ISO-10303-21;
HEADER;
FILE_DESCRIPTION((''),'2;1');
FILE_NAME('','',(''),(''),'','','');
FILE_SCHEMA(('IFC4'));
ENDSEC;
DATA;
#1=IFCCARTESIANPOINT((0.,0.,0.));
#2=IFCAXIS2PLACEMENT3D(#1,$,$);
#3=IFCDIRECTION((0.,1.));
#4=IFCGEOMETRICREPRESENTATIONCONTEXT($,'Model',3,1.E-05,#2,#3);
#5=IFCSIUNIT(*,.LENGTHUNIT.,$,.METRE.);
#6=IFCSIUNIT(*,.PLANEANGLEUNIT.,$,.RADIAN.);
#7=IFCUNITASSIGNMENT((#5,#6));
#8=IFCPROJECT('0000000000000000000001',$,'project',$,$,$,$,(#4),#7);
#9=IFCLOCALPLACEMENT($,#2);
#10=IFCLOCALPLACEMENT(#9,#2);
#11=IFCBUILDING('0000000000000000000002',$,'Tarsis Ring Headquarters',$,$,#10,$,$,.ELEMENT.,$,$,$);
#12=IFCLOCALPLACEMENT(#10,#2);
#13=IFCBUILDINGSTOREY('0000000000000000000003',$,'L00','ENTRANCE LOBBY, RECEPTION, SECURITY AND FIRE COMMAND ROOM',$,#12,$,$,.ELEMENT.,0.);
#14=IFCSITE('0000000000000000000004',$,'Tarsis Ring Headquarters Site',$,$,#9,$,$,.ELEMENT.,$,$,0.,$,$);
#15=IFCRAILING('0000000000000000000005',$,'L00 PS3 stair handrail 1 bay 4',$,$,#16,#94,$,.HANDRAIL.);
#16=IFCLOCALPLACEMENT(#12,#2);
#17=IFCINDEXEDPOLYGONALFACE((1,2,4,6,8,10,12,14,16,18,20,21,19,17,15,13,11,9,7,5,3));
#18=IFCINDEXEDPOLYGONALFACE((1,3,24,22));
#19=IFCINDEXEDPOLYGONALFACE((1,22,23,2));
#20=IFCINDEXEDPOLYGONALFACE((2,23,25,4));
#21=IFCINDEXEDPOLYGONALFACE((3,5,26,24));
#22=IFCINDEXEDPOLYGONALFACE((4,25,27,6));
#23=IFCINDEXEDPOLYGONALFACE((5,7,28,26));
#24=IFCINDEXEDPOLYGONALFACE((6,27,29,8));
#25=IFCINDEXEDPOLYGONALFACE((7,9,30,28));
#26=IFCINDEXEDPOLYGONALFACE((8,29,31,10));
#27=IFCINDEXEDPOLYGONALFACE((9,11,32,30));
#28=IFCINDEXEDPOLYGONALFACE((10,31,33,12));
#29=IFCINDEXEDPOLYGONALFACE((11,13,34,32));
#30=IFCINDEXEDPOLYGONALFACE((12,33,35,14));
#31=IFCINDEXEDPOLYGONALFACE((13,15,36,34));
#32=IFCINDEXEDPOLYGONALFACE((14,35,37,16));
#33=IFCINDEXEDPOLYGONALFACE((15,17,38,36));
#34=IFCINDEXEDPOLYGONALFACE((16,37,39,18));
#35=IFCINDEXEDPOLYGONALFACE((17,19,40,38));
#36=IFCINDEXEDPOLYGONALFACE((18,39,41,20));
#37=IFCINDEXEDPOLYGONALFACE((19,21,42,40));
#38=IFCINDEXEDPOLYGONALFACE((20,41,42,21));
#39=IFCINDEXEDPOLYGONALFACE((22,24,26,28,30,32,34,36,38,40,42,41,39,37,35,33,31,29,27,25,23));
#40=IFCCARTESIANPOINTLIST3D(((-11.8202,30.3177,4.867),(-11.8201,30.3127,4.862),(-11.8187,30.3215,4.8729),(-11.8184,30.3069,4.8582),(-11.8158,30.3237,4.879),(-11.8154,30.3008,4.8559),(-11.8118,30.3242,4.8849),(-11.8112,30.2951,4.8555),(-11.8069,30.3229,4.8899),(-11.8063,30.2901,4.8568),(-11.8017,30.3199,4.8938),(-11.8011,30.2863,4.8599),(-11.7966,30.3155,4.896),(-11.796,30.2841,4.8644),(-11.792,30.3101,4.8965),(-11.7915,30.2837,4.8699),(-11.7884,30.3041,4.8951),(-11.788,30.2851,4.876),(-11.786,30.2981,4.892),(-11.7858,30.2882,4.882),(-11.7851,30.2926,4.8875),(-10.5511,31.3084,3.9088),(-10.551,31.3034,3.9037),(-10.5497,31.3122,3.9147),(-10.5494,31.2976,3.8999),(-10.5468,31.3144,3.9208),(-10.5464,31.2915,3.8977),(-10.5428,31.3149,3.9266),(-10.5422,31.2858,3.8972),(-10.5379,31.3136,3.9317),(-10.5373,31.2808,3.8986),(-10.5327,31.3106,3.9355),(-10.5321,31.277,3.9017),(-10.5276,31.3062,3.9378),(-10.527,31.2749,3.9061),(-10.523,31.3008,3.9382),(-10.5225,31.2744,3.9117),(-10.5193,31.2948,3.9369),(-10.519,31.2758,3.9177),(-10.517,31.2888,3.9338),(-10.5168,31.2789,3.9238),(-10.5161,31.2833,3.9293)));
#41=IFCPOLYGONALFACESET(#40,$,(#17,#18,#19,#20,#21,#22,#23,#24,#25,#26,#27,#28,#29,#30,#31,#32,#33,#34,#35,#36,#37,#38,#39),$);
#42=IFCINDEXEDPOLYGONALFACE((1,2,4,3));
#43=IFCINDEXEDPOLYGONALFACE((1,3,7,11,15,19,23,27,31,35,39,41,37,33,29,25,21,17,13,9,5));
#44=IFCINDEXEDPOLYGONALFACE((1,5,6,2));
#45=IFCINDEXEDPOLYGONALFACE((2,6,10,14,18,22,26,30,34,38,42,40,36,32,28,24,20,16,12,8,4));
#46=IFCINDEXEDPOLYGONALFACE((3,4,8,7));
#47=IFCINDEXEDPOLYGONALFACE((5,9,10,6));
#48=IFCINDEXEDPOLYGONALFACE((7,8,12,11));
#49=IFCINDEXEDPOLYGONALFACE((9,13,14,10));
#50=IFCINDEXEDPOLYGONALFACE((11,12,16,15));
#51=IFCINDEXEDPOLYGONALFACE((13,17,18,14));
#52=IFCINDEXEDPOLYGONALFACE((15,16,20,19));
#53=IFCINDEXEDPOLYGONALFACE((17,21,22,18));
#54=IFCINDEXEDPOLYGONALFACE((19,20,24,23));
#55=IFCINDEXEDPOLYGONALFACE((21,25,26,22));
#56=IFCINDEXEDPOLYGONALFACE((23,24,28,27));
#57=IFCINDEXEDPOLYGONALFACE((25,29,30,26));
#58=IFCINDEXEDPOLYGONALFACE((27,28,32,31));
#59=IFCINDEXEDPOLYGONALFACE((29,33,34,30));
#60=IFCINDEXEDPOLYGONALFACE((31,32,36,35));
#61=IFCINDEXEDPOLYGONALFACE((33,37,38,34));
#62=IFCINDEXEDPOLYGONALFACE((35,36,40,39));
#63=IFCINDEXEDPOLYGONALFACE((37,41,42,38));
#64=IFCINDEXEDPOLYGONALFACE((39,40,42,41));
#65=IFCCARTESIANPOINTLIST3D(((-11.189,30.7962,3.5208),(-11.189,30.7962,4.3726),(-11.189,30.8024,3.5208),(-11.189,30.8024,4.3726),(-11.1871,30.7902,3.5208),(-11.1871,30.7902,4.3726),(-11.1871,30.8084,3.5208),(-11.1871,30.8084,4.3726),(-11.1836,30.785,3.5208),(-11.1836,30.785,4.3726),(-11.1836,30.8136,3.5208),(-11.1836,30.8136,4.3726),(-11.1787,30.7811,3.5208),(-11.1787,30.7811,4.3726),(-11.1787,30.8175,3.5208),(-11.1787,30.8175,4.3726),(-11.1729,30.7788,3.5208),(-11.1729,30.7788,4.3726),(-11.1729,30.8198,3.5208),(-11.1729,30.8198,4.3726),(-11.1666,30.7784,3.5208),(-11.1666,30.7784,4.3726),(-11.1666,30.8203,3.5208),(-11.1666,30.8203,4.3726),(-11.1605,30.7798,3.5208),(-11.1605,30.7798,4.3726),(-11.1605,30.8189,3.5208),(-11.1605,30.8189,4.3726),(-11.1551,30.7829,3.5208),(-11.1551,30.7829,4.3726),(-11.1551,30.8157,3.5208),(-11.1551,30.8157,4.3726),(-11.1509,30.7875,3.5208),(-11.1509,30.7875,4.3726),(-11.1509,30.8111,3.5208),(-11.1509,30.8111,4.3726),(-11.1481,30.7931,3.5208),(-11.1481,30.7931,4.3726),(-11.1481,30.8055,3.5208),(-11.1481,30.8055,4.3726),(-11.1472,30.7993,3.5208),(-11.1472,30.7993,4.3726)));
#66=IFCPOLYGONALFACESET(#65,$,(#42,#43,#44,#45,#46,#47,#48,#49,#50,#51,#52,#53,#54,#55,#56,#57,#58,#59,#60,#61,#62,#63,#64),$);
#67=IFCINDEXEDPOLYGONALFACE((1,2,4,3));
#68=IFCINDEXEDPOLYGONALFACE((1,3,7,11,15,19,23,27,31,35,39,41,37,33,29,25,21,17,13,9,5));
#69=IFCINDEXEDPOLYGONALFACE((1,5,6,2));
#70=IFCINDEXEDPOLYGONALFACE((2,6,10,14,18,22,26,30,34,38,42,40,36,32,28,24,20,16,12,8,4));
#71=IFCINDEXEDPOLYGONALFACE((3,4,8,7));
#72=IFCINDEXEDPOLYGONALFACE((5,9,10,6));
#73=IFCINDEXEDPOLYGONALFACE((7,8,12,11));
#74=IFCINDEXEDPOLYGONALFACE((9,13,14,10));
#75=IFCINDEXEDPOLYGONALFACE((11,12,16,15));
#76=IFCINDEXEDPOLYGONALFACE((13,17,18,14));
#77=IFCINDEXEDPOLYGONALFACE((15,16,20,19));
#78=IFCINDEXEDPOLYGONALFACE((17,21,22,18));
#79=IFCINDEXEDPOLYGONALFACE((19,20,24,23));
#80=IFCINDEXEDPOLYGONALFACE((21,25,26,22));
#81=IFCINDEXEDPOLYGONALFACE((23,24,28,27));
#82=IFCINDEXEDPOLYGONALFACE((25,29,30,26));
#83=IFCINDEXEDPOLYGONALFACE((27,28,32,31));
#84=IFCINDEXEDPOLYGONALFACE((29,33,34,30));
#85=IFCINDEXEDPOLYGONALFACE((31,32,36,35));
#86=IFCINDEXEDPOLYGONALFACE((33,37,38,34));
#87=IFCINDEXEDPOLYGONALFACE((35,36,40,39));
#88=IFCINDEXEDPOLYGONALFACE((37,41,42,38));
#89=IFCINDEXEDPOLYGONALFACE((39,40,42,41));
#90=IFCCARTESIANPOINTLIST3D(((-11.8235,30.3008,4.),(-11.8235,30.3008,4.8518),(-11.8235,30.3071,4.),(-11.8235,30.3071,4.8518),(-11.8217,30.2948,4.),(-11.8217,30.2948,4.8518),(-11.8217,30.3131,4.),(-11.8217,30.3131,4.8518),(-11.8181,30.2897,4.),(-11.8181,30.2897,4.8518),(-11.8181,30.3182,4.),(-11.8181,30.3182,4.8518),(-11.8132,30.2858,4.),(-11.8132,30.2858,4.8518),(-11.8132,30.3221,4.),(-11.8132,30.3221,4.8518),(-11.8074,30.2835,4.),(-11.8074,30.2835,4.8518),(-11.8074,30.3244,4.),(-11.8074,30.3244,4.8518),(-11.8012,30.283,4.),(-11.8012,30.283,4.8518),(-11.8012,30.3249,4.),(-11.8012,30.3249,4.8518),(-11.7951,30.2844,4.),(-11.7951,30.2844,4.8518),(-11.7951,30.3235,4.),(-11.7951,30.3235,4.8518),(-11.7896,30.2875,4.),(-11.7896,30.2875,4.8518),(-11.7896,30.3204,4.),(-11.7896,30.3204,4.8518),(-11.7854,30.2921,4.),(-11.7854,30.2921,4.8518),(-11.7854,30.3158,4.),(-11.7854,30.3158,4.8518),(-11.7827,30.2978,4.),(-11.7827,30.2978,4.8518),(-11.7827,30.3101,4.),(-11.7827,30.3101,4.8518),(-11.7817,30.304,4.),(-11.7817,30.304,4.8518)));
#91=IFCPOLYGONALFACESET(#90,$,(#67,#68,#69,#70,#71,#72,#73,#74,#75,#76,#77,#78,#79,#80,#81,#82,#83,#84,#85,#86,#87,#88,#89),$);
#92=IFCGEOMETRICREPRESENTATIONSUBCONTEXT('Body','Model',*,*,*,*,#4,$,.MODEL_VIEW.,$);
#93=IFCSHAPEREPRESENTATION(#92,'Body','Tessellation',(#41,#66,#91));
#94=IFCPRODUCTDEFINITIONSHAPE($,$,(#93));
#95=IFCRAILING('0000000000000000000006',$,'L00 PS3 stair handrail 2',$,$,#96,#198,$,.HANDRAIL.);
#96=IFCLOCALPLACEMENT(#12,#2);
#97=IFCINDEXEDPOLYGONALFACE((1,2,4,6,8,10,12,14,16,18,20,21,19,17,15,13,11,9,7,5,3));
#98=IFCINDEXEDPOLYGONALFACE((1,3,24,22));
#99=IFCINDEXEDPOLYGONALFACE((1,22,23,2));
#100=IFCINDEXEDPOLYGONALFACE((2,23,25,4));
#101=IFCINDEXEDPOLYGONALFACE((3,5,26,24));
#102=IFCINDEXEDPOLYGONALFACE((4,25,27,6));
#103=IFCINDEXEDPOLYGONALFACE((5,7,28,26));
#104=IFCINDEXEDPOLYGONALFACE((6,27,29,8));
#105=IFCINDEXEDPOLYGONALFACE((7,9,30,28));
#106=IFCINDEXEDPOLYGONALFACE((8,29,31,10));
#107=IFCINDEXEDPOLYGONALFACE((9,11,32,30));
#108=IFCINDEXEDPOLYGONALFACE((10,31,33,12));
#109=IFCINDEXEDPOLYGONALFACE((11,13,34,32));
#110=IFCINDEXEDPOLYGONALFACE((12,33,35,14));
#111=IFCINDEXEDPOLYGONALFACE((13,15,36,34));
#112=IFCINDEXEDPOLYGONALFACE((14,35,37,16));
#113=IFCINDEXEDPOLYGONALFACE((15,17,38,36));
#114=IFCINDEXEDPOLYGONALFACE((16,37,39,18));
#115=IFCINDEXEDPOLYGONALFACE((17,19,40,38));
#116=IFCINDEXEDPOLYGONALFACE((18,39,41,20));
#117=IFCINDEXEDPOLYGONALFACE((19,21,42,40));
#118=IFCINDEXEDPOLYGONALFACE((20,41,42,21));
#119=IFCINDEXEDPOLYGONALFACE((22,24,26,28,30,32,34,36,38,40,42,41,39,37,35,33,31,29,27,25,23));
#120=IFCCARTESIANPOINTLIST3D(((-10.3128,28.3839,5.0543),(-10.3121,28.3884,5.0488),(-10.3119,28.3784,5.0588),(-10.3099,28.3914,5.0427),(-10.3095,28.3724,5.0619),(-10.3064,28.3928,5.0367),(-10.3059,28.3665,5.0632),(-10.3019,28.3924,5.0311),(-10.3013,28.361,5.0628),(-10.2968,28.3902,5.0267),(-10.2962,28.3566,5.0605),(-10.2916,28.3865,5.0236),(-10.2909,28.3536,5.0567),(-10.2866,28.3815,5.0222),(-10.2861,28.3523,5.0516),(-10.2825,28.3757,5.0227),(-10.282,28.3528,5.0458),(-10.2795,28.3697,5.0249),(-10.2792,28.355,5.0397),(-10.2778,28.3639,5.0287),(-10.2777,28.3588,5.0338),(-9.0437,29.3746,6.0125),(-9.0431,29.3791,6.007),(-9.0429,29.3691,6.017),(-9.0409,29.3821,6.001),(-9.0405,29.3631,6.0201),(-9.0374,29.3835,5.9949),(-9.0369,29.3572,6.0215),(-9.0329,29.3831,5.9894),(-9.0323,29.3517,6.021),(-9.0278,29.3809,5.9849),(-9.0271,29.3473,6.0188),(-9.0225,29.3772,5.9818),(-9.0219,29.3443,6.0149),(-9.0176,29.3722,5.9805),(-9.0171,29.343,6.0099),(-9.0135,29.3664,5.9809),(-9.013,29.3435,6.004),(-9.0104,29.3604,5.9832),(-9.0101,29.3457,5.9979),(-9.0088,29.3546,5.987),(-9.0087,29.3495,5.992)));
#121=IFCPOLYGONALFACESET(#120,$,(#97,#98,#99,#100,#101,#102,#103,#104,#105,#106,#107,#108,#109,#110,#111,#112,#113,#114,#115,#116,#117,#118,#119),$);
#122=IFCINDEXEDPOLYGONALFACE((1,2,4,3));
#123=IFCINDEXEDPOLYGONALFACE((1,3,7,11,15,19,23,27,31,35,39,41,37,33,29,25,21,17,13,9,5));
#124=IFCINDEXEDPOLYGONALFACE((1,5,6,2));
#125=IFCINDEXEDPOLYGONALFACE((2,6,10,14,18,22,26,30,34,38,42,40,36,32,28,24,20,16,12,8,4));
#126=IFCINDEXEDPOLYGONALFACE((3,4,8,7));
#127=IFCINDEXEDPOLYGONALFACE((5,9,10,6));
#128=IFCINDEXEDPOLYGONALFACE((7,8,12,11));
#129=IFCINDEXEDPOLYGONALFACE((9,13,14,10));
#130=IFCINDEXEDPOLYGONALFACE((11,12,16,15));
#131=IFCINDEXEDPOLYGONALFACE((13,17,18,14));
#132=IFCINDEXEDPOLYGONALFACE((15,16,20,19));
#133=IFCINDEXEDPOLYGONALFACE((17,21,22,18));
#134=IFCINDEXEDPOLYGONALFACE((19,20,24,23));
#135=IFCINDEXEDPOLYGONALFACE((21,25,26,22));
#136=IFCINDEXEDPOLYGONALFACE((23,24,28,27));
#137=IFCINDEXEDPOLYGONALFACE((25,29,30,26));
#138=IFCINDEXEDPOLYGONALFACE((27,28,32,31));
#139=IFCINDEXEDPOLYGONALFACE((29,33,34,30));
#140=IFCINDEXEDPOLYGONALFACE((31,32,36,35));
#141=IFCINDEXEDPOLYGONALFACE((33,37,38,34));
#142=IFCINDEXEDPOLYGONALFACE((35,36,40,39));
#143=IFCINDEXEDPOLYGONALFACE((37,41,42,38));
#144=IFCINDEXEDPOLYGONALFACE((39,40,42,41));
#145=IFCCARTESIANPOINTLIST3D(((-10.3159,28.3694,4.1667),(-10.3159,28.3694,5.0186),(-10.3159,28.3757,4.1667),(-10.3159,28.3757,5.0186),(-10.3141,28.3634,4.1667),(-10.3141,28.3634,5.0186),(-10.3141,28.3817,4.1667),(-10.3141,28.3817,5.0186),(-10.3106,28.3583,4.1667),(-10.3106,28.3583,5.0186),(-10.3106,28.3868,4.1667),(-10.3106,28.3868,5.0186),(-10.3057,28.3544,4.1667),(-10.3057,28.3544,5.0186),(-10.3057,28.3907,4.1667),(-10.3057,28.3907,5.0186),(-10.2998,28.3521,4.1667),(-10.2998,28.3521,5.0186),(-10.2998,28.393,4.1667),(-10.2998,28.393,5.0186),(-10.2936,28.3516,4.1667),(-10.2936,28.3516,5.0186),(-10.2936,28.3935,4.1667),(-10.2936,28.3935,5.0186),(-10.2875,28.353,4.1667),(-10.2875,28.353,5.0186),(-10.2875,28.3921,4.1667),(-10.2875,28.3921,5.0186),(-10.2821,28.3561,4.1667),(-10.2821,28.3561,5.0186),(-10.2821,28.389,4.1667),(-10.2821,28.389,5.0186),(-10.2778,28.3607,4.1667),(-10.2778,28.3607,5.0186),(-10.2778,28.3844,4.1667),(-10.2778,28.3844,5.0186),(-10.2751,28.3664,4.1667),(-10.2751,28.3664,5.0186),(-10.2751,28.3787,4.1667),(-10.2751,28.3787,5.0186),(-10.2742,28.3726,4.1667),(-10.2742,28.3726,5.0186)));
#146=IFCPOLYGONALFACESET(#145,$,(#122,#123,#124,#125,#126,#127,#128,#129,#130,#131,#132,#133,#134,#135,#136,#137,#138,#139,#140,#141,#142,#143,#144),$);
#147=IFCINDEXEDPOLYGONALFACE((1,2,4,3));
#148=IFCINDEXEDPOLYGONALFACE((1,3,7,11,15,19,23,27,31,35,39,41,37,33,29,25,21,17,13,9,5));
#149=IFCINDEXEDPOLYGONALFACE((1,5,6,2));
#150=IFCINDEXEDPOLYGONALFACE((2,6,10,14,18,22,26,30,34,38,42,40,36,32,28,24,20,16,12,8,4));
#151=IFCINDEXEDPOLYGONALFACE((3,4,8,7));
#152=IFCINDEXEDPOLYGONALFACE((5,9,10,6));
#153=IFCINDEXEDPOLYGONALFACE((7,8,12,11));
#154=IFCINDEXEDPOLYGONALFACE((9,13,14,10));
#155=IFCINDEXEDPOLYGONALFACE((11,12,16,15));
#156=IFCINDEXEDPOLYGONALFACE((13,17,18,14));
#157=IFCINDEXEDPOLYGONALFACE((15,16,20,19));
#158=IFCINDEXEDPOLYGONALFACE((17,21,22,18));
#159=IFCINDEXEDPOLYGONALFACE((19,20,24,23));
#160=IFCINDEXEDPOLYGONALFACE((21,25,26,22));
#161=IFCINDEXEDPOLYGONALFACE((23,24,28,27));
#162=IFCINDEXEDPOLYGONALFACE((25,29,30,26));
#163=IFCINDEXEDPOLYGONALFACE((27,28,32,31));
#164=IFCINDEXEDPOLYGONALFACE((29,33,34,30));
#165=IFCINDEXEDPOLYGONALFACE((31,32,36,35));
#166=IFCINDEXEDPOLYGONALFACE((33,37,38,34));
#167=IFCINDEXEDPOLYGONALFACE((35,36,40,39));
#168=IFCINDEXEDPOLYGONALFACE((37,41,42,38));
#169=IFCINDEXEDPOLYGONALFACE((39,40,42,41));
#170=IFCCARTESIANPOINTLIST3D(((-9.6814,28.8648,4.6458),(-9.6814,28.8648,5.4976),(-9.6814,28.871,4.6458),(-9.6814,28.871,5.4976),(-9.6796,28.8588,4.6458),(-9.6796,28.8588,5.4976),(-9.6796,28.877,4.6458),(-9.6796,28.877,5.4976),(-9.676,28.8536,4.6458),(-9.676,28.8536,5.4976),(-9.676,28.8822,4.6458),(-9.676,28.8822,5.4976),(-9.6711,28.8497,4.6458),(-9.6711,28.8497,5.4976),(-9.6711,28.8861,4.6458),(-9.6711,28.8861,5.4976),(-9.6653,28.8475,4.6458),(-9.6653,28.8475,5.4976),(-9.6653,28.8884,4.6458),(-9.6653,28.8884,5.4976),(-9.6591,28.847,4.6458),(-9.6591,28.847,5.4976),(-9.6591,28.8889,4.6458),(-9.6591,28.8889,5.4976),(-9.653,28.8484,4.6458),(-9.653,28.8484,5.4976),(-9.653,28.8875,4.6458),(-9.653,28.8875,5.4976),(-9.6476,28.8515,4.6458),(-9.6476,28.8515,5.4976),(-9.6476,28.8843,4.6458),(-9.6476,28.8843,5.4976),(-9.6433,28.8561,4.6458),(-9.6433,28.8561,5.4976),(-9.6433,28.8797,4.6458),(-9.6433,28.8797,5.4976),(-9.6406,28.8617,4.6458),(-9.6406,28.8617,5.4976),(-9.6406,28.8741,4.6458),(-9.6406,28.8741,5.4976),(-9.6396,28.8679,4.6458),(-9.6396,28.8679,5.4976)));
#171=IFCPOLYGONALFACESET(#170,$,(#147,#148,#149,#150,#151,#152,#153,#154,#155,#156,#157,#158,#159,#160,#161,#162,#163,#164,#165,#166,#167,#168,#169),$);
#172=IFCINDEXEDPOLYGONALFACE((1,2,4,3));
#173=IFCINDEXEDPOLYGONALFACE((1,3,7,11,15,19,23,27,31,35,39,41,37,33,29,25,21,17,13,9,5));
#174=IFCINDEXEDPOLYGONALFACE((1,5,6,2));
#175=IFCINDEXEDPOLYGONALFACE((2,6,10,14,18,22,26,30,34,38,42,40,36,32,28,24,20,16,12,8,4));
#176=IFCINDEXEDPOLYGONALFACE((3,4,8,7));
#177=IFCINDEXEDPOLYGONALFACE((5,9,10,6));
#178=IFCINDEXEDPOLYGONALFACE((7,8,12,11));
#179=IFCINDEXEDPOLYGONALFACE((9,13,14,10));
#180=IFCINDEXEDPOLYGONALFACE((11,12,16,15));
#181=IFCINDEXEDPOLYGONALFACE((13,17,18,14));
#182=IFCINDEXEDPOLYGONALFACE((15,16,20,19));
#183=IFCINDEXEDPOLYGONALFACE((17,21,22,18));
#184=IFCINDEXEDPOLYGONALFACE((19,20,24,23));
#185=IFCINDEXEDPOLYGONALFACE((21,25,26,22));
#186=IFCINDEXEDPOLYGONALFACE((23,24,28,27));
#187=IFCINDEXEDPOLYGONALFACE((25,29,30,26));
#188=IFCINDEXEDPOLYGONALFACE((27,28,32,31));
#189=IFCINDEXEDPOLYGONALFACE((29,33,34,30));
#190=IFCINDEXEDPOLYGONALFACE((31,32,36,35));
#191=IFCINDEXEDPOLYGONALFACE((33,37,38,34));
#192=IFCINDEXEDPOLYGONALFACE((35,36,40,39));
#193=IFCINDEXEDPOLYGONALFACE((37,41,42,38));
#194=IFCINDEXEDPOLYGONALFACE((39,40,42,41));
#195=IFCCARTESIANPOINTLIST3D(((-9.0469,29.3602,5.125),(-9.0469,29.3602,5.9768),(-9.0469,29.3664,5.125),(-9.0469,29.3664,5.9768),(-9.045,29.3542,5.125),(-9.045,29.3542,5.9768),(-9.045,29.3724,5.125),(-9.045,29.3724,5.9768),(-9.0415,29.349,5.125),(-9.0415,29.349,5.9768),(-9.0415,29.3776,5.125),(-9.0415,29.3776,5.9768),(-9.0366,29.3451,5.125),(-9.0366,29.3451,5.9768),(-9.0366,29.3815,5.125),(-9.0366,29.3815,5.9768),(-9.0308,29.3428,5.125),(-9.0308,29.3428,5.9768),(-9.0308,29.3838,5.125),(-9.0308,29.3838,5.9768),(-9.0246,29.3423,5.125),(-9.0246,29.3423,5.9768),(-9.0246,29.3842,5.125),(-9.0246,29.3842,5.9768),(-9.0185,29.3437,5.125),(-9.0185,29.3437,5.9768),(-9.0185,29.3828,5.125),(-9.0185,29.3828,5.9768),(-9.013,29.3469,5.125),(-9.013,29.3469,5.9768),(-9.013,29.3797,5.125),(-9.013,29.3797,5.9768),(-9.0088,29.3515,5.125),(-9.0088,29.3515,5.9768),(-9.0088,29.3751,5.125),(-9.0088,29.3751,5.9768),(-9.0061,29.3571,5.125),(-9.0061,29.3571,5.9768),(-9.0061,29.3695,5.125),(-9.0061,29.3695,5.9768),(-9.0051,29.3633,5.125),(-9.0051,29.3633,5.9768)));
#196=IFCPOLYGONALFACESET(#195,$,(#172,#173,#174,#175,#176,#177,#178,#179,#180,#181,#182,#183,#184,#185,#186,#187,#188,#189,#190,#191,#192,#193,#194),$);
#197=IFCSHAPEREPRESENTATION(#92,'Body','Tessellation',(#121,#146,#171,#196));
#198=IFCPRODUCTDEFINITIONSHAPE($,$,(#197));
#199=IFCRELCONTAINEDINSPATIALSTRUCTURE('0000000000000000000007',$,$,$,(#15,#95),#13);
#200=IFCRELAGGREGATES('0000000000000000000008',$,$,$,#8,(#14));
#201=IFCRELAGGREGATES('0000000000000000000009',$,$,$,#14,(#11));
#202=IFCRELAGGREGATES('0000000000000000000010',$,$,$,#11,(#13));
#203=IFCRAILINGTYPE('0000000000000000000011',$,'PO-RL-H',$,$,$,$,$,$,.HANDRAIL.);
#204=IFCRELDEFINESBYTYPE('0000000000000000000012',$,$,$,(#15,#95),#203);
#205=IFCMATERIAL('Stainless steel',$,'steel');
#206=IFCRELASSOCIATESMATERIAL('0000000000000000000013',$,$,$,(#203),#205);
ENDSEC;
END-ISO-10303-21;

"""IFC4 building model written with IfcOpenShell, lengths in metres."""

from ifc_helpers import new_model, si_unit, direction, frame, origin, origin_2d, place, context, subcontext, project, spatial, circle, extrude, material, type_object, element, save


model = new_model("IFC4")

# Units and contexts
model_context = context("Model", 3, precision=1e-05, world=origin(), true_north=direction((0.0, 1.0)))
body_context = subcontext(model_context, "Body", "Model", "MODEL_VIEW")
ifc_project = project(units=[si_unit("LENGTHUNIT", "METRE"), si_unit("PLANEANGLEUNIT", "RADIAN")], contexts=[model_context])

# Site, building, storey
site_placement = place(None, origin())
site = spatial("IfcSite", under=ifc_project, at=site_placement, Name="Tarsis Ring Headquarters Site", CompositionType="ELEMENT", RefElevation=0.0)
building_placement = place(site_placement, origin())
building = spatial("IfcBuilding", under=site, at=building_placement, Name="Tarsis Ring Headquarters", CompositionType="ELEMENT")
storey_placement = place(building_placement, origin())
storey = spatial("IfcBuildingStorey", under=building, at=storey_placement, Name="L00", Description="ENTRANCE LOBBY, RECEPTION, SECURITY AND FIRE COMMAND ROOM", CompositionType="ELEMENT", Elevation=0.0)

# Railings
ifc_material_1 = material(Name="Stainless steel", Category="steel")
railing_type_1 = type_object("IfcRailingType", Name="PO-RL-H", PredefinedType="HANDRAIL", material=ifc_material_1)
railing_1_placement = place(storey_placement, frame((-10.5337, 31.2947, 3.0417)))
element("IfcRailing", 1, at=railing_1_placement, inside=storey, type_object=railing_type_1, Name="L00 PS3 stair handrail 1 bay 4", PredefinedType="HANDRAIL", context=body_context, shape_type="SweptSolid", body=[
    extrude(circle(Radius=0.0239, at=origin_2d()), frame((0.0, 0.0, 0.876), z_axis=(-0.677341, -0.52879, 0.511459), x_axis=(0.615367, -0.78824, 0.0)), (0.0, 0.0, 1.0), 1.8735),
    extrude(circle(Radius=0.021, at=origin_2d()), frame((-0.6345, -0.4954, 0.479)), (0.0, 0.0, 1.0), 0.8518),
    extrude(circle(Radius=0.021, at=origin_2d()), frame((-1.269, -0.9907, 0.9583)), (0.0, 0.0, 1.0), 0.8518),
])
railing_2_placement = place(storey_placement, frame((-10.2952, 28.3726, 4.1667)))
element("IfcRailing", 2, at=railing_2_placement, inside=storey, type_object=railing_type_1, Name="L00 PS3 stair handrail 2", PredefinedType="HANDRAIL", context=body_context, shape_type="SweptSolid", body=[
    extrude(circle(Radius=0.0239, at=origin_2d()), frame((0.0, 0.0, 0.876), z_axis=(0.677341, 0.52879, 0.511459), x_axis=(-0.615367, 0.78824, 0.0)), (0.0, 0.0, 1.0), 1.8735),
    extrude(circle(Radius=0.021, at=origin_2d()), origin(), (0.0, 0.0, 1.0), 0.8518),
    extrude(circle(Radius=0.021, at=origin_2d()), frame((0.6345, 0.4954, 0.479)), (0.0, 0.0, 1.0), 0.8518),
    extrude(circle(Radius=0.021, at=origin_2d()), frame((1.269, 0.9907, 0.9583)), (0.0, 0.0, 1.0), 0.8518),
])

save(model, "model.ifc")
